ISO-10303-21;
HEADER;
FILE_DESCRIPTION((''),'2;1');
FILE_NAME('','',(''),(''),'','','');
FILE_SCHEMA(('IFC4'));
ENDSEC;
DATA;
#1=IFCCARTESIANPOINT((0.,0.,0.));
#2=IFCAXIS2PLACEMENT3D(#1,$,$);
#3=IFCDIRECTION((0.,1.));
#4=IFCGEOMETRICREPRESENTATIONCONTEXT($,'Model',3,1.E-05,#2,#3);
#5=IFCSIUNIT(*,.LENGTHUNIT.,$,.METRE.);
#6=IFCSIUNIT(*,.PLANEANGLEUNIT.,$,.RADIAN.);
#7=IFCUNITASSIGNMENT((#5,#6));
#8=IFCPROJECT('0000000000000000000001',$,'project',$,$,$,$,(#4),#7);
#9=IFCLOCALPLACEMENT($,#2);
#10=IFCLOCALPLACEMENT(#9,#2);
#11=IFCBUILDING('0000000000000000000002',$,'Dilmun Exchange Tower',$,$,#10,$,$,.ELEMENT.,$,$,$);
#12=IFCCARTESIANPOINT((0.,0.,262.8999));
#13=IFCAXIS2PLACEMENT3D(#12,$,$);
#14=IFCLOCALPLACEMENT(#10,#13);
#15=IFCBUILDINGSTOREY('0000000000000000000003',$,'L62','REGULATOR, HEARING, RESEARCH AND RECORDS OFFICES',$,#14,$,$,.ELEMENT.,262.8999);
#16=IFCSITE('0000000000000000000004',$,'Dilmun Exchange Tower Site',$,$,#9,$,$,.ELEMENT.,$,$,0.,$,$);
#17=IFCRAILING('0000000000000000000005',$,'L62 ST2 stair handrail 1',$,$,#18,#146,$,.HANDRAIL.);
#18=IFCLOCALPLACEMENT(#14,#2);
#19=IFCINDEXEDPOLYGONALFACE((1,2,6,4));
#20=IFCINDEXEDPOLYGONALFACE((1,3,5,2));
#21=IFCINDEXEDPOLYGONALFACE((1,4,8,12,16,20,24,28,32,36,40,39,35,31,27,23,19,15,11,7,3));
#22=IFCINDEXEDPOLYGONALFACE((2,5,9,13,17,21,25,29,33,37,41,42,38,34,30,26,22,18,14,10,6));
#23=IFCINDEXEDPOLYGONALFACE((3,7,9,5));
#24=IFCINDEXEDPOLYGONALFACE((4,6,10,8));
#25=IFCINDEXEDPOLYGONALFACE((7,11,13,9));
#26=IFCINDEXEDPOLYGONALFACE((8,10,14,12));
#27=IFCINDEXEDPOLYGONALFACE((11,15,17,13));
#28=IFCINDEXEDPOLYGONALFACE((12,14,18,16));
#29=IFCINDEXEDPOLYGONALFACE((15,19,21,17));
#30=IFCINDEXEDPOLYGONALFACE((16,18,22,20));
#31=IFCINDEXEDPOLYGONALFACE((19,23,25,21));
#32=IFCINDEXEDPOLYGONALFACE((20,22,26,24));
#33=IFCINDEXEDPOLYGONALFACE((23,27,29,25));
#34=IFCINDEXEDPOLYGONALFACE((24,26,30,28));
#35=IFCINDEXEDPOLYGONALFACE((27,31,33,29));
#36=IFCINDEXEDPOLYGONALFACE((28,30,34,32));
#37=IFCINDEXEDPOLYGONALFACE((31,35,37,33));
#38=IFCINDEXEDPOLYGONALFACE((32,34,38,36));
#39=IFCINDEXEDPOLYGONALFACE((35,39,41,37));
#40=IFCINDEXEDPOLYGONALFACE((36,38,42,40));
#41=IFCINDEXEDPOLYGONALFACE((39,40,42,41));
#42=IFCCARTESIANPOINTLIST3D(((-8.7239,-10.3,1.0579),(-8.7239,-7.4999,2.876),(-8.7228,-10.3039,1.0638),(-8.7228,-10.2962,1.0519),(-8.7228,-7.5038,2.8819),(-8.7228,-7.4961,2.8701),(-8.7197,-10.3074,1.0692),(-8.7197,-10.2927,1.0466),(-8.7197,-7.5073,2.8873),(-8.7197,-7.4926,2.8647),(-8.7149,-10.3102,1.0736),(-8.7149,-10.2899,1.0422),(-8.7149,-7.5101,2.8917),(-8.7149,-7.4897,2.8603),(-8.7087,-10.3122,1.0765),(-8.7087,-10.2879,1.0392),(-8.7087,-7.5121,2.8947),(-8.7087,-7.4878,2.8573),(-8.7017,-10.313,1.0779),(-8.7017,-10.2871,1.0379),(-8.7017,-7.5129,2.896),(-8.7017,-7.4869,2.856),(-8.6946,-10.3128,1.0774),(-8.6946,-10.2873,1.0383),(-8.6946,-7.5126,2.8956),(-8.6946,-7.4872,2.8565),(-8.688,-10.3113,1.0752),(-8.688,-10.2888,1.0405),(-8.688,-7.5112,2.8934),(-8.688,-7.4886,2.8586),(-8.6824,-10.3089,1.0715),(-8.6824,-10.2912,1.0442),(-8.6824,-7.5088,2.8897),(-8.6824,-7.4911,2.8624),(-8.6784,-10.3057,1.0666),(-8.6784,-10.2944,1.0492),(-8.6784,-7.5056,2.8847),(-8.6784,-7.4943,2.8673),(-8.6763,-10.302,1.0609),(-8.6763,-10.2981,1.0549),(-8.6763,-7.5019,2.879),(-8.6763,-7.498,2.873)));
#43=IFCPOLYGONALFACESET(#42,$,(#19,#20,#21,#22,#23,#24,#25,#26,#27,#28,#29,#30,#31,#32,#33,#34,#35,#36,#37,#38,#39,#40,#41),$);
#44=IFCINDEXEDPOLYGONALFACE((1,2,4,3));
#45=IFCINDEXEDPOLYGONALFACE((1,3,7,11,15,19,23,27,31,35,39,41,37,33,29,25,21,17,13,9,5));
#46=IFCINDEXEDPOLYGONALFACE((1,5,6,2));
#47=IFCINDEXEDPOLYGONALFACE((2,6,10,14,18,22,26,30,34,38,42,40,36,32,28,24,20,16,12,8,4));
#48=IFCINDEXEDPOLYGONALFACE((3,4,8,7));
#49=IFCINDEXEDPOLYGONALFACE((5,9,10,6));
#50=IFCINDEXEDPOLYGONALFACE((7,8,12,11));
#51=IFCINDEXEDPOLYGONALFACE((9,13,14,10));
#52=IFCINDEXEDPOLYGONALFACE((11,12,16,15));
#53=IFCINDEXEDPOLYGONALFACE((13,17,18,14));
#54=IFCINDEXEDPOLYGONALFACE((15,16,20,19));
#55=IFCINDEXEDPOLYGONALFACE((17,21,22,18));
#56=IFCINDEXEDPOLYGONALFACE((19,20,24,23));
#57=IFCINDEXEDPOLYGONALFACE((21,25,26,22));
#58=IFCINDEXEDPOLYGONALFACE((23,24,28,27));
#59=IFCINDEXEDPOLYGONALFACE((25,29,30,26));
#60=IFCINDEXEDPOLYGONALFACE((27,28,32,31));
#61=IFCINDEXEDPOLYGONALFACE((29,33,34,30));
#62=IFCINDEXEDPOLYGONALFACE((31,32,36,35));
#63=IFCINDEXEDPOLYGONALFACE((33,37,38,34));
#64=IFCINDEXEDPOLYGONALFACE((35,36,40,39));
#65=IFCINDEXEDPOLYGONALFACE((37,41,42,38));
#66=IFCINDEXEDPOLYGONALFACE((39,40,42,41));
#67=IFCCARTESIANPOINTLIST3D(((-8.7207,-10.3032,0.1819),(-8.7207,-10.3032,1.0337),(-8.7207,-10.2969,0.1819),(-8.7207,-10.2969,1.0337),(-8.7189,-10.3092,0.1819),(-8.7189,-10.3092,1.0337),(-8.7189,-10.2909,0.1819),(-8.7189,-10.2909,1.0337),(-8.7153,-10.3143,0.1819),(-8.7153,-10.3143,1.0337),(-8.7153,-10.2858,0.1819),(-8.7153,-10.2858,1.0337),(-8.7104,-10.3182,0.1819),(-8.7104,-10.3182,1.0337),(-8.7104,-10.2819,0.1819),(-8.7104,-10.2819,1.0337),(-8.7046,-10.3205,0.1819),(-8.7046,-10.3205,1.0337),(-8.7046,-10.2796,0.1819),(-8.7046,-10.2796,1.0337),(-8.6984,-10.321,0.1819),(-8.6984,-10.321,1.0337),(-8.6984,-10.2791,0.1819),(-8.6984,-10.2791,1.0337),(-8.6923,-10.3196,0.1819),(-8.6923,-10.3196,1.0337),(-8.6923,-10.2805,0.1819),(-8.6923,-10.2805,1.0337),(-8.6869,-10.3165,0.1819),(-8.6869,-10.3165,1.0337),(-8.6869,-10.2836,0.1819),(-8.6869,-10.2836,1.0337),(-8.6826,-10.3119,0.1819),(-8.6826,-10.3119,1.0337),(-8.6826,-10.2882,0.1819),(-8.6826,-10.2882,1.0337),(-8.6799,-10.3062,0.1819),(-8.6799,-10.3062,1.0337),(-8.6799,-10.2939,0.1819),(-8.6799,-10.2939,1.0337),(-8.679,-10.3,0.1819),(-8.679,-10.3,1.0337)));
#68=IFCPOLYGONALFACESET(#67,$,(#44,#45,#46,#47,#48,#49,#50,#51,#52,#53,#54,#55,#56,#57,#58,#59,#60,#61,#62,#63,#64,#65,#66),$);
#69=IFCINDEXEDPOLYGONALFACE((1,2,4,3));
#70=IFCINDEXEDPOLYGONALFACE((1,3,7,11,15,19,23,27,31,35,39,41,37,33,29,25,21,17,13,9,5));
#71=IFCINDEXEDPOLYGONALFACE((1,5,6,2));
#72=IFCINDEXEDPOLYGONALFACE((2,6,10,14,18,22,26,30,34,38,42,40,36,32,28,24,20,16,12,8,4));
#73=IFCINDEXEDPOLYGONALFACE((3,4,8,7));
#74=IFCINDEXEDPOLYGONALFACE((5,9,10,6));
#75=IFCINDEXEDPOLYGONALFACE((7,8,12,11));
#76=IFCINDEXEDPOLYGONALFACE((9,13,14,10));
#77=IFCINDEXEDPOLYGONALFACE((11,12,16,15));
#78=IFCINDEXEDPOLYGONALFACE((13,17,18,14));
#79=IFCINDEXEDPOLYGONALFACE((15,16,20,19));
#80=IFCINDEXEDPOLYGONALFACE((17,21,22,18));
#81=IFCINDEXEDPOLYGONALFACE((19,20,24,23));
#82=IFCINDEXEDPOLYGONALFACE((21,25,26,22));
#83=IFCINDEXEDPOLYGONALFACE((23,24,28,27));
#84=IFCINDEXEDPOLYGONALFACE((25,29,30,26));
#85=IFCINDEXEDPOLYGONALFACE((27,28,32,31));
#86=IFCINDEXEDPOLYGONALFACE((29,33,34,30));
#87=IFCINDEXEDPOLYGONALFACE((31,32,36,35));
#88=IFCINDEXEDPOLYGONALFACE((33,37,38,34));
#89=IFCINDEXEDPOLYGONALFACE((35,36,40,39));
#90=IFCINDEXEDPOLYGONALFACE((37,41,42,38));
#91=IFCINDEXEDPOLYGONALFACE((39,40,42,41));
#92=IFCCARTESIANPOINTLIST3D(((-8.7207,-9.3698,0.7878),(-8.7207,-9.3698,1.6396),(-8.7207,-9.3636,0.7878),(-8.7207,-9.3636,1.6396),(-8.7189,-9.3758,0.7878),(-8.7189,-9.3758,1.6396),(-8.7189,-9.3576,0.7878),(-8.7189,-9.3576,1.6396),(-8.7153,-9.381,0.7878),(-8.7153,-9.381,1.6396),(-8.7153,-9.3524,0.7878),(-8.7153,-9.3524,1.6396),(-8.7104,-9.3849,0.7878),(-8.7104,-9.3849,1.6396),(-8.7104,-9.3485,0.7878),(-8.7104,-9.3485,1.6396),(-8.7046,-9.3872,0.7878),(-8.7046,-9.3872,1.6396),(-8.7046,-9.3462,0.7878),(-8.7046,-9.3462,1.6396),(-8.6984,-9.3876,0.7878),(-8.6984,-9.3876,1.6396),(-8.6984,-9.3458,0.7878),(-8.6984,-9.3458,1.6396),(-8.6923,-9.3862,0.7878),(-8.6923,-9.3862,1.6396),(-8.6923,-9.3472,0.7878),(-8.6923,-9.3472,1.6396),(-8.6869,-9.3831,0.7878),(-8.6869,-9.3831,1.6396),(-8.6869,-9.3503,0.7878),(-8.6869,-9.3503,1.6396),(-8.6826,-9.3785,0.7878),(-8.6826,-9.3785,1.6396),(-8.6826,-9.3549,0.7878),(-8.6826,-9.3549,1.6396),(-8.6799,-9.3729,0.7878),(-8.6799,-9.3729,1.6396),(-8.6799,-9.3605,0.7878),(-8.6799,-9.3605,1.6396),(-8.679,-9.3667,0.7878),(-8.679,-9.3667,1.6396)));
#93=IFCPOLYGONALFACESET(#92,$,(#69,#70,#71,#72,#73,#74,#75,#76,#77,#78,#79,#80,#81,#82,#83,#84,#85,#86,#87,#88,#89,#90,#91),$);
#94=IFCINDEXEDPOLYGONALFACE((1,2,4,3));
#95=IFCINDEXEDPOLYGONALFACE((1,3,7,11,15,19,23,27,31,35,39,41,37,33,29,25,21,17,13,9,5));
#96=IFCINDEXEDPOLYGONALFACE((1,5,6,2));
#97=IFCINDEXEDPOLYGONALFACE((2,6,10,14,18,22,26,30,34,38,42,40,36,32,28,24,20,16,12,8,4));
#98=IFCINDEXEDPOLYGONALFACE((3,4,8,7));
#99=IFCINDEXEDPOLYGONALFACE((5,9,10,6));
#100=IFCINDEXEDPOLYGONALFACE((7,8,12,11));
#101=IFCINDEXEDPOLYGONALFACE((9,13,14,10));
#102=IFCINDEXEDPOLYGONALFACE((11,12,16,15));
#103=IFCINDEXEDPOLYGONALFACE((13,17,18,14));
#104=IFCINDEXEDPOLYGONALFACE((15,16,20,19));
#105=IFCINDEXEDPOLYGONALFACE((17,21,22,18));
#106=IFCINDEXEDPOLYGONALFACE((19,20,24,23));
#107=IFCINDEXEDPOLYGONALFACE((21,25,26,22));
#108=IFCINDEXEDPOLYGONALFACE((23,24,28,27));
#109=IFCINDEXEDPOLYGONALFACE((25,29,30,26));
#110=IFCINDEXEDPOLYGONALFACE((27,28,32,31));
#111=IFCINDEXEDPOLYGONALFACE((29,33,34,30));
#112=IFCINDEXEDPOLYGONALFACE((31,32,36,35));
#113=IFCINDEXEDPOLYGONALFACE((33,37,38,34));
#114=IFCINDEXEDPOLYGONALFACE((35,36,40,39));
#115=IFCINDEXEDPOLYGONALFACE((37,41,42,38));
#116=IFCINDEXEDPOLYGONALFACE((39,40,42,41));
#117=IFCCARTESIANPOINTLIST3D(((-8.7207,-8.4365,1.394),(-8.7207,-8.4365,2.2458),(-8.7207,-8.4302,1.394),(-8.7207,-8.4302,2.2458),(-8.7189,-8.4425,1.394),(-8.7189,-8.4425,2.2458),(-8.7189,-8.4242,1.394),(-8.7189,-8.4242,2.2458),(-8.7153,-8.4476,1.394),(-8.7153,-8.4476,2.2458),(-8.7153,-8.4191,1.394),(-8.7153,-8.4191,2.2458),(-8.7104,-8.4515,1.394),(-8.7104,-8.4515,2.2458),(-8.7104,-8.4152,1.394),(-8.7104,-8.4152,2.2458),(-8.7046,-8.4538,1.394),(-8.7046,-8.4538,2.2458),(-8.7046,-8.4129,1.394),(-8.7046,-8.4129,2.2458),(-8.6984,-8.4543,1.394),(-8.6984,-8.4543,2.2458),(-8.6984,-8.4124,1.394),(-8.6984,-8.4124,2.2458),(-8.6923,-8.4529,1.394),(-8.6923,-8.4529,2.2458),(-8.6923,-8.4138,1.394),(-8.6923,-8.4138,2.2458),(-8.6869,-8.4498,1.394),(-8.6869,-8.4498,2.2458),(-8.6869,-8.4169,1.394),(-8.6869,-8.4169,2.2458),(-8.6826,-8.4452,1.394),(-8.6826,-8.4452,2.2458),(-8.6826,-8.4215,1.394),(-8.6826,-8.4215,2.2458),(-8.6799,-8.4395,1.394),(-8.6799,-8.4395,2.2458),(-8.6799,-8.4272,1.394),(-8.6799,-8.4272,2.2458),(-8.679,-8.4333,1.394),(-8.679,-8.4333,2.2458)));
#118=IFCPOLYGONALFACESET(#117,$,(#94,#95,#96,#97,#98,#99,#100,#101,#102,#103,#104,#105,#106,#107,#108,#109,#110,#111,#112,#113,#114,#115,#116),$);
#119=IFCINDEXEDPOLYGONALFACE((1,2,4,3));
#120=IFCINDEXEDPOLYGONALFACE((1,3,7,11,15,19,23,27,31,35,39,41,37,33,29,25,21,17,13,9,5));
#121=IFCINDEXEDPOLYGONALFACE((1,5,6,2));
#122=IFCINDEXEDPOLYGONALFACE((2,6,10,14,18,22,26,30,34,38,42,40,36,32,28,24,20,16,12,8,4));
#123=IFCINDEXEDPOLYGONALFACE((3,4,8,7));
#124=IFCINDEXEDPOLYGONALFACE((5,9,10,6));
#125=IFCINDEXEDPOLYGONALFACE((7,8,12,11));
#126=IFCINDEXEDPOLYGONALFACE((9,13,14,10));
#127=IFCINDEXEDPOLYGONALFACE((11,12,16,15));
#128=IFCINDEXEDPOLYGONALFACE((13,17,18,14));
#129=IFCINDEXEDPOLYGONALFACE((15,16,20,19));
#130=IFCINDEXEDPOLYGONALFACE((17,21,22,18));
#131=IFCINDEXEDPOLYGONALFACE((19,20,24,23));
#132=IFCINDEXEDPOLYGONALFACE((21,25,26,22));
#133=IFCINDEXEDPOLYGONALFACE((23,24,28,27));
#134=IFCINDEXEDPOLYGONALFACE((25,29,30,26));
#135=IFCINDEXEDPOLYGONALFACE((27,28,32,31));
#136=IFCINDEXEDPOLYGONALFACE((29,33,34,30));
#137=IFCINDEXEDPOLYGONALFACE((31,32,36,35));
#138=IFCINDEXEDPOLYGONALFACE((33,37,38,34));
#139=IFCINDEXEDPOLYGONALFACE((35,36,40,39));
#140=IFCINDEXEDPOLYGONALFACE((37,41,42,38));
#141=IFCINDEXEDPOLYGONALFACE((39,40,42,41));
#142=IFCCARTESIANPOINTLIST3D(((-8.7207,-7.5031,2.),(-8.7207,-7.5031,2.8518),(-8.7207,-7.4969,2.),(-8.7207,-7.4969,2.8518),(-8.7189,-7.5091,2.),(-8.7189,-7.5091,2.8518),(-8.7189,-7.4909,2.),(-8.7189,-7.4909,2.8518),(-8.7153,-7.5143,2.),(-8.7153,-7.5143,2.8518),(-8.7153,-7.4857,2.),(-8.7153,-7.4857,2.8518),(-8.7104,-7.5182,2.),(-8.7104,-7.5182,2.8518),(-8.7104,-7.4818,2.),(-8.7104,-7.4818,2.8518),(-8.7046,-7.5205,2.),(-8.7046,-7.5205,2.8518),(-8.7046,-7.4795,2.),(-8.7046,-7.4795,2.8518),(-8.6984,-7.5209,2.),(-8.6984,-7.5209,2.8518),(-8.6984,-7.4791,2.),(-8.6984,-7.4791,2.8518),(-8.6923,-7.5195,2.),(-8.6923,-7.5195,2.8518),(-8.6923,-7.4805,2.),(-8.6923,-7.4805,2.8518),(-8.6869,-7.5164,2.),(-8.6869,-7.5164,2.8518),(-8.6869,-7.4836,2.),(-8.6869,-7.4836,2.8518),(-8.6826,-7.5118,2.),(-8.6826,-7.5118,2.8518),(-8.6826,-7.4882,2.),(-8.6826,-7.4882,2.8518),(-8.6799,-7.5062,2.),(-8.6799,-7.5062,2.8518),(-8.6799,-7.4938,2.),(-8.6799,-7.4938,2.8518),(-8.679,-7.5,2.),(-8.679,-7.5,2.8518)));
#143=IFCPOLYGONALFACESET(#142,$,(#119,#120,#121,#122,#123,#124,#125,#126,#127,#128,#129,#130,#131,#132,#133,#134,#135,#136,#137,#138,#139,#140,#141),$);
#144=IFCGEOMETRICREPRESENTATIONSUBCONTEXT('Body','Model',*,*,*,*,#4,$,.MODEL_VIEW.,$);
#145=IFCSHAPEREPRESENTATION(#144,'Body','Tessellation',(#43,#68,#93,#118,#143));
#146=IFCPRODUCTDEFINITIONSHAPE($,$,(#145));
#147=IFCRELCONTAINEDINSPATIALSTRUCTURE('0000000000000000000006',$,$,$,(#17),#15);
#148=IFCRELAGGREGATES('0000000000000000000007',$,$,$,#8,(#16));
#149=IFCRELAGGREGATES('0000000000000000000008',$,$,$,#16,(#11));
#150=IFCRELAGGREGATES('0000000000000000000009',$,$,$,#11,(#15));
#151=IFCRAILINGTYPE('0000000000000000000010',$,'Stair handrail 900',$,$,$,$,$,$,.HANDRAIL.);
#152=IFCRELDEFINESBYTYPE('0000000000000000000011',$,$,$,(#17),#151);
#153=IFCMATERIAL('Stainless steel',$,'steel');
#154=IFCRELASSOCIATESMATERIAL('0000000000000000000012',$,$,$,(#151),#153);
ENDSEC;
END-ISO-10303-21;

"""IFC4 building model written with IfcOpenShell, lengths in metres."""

from ifc_helpers import new_model, si_unit, direction, frame, origin, origin_2d, place, context, subcontext, project, spatial, circle, extrude, material, type_object, element, save


model = new_model("IFC4")

# Units and contexts
model_context = context("Model", 3, precision=1e-05, world=origin(), true_north=direction((0.0, 1.0)))
body_context = subcontext(model_context, "Body", "Model", "MODEL_VIEW")
ifc_project = project(units=[si_unit("LENGTHUNIT", "METRE"), si_unit("PLANEANGLEUNIT", "RADIAN")], contexts=[model_context])

# Site, building, storey
site_placement = place(None, origin())
site = spatial("IfcSite", under=ifc_project, at=site_placement, Name="Dilmun Exchange Tower Site", CompositionType="ELEMENT", RefElevation=0.0)
building_placement = place(site_placement, origin())
building = spatial("IfcBuilding", under=site, at=building_placement, Name="Dilmun Exchange Tower", CompositionType="ELEMENT")
storey_placement = place(building_placement, frame((0.0, 0.0, 262.8999)))
storey = spatial("IfcBuildingStorey", under=building, at=storey_placement, Name="L62", Description="REGULATOR, HEARING, RESEARCH AND RECORDS OFFICES", CompositionType="ELEMENT", Elevation=262.8999)

# Railing
ifc_material_1 = material(Name="Stainless steel", Category="steel")
railing_type = type_object("IfcRailingType", Name="Stair handrail 900", PredefinedType="HANDRAIL", material=ifc_material_1)
railing_placement = place(storey_placement, frame((-8.7, -10.3, 0.1819)))
element("IfcRailing", 1, at=railing_placement, inside=storey, type_object=railing_type, Name="L62 ST2 stair handrail 1", PredefinedType="HANDRAIL", context=body_context, shape_type="SweptSolid", body=[
    extrude(circle(Radius=0.0239, at=origin_2d()), frame((0.0, 0.0, 0.876), z_axis=(0.0, 0.838706, 0.544585), x_axis=(-1.0, 0.0, 0.0)), (0.0, 0.0, 1.0), 3.3386),
    extrude(circle(Radius=0.021, at=origin_2d()), origin(), (0.0, 0.0, 1.0), 0.8518),
    extrude(circle(Radius=0.021, at=origin_2d()), frame((0.0, 0.9333, 0.606)), (0.0, 0.0, 1.0), 0.8518),
    extrude(circle(Radius=0.021, at=origin_2d()), frame((0.0, 1.8667, 1.2122)), (0.0, 0.0, 1.0), 0.8518),
    extrude(circle(Radius=0.021, at=origin_2d()), frame((0.0, 2.8, 1.8181)), (0.0, 0.0, 1.0), 0.8518),
])

save(model, "model.ifc")
